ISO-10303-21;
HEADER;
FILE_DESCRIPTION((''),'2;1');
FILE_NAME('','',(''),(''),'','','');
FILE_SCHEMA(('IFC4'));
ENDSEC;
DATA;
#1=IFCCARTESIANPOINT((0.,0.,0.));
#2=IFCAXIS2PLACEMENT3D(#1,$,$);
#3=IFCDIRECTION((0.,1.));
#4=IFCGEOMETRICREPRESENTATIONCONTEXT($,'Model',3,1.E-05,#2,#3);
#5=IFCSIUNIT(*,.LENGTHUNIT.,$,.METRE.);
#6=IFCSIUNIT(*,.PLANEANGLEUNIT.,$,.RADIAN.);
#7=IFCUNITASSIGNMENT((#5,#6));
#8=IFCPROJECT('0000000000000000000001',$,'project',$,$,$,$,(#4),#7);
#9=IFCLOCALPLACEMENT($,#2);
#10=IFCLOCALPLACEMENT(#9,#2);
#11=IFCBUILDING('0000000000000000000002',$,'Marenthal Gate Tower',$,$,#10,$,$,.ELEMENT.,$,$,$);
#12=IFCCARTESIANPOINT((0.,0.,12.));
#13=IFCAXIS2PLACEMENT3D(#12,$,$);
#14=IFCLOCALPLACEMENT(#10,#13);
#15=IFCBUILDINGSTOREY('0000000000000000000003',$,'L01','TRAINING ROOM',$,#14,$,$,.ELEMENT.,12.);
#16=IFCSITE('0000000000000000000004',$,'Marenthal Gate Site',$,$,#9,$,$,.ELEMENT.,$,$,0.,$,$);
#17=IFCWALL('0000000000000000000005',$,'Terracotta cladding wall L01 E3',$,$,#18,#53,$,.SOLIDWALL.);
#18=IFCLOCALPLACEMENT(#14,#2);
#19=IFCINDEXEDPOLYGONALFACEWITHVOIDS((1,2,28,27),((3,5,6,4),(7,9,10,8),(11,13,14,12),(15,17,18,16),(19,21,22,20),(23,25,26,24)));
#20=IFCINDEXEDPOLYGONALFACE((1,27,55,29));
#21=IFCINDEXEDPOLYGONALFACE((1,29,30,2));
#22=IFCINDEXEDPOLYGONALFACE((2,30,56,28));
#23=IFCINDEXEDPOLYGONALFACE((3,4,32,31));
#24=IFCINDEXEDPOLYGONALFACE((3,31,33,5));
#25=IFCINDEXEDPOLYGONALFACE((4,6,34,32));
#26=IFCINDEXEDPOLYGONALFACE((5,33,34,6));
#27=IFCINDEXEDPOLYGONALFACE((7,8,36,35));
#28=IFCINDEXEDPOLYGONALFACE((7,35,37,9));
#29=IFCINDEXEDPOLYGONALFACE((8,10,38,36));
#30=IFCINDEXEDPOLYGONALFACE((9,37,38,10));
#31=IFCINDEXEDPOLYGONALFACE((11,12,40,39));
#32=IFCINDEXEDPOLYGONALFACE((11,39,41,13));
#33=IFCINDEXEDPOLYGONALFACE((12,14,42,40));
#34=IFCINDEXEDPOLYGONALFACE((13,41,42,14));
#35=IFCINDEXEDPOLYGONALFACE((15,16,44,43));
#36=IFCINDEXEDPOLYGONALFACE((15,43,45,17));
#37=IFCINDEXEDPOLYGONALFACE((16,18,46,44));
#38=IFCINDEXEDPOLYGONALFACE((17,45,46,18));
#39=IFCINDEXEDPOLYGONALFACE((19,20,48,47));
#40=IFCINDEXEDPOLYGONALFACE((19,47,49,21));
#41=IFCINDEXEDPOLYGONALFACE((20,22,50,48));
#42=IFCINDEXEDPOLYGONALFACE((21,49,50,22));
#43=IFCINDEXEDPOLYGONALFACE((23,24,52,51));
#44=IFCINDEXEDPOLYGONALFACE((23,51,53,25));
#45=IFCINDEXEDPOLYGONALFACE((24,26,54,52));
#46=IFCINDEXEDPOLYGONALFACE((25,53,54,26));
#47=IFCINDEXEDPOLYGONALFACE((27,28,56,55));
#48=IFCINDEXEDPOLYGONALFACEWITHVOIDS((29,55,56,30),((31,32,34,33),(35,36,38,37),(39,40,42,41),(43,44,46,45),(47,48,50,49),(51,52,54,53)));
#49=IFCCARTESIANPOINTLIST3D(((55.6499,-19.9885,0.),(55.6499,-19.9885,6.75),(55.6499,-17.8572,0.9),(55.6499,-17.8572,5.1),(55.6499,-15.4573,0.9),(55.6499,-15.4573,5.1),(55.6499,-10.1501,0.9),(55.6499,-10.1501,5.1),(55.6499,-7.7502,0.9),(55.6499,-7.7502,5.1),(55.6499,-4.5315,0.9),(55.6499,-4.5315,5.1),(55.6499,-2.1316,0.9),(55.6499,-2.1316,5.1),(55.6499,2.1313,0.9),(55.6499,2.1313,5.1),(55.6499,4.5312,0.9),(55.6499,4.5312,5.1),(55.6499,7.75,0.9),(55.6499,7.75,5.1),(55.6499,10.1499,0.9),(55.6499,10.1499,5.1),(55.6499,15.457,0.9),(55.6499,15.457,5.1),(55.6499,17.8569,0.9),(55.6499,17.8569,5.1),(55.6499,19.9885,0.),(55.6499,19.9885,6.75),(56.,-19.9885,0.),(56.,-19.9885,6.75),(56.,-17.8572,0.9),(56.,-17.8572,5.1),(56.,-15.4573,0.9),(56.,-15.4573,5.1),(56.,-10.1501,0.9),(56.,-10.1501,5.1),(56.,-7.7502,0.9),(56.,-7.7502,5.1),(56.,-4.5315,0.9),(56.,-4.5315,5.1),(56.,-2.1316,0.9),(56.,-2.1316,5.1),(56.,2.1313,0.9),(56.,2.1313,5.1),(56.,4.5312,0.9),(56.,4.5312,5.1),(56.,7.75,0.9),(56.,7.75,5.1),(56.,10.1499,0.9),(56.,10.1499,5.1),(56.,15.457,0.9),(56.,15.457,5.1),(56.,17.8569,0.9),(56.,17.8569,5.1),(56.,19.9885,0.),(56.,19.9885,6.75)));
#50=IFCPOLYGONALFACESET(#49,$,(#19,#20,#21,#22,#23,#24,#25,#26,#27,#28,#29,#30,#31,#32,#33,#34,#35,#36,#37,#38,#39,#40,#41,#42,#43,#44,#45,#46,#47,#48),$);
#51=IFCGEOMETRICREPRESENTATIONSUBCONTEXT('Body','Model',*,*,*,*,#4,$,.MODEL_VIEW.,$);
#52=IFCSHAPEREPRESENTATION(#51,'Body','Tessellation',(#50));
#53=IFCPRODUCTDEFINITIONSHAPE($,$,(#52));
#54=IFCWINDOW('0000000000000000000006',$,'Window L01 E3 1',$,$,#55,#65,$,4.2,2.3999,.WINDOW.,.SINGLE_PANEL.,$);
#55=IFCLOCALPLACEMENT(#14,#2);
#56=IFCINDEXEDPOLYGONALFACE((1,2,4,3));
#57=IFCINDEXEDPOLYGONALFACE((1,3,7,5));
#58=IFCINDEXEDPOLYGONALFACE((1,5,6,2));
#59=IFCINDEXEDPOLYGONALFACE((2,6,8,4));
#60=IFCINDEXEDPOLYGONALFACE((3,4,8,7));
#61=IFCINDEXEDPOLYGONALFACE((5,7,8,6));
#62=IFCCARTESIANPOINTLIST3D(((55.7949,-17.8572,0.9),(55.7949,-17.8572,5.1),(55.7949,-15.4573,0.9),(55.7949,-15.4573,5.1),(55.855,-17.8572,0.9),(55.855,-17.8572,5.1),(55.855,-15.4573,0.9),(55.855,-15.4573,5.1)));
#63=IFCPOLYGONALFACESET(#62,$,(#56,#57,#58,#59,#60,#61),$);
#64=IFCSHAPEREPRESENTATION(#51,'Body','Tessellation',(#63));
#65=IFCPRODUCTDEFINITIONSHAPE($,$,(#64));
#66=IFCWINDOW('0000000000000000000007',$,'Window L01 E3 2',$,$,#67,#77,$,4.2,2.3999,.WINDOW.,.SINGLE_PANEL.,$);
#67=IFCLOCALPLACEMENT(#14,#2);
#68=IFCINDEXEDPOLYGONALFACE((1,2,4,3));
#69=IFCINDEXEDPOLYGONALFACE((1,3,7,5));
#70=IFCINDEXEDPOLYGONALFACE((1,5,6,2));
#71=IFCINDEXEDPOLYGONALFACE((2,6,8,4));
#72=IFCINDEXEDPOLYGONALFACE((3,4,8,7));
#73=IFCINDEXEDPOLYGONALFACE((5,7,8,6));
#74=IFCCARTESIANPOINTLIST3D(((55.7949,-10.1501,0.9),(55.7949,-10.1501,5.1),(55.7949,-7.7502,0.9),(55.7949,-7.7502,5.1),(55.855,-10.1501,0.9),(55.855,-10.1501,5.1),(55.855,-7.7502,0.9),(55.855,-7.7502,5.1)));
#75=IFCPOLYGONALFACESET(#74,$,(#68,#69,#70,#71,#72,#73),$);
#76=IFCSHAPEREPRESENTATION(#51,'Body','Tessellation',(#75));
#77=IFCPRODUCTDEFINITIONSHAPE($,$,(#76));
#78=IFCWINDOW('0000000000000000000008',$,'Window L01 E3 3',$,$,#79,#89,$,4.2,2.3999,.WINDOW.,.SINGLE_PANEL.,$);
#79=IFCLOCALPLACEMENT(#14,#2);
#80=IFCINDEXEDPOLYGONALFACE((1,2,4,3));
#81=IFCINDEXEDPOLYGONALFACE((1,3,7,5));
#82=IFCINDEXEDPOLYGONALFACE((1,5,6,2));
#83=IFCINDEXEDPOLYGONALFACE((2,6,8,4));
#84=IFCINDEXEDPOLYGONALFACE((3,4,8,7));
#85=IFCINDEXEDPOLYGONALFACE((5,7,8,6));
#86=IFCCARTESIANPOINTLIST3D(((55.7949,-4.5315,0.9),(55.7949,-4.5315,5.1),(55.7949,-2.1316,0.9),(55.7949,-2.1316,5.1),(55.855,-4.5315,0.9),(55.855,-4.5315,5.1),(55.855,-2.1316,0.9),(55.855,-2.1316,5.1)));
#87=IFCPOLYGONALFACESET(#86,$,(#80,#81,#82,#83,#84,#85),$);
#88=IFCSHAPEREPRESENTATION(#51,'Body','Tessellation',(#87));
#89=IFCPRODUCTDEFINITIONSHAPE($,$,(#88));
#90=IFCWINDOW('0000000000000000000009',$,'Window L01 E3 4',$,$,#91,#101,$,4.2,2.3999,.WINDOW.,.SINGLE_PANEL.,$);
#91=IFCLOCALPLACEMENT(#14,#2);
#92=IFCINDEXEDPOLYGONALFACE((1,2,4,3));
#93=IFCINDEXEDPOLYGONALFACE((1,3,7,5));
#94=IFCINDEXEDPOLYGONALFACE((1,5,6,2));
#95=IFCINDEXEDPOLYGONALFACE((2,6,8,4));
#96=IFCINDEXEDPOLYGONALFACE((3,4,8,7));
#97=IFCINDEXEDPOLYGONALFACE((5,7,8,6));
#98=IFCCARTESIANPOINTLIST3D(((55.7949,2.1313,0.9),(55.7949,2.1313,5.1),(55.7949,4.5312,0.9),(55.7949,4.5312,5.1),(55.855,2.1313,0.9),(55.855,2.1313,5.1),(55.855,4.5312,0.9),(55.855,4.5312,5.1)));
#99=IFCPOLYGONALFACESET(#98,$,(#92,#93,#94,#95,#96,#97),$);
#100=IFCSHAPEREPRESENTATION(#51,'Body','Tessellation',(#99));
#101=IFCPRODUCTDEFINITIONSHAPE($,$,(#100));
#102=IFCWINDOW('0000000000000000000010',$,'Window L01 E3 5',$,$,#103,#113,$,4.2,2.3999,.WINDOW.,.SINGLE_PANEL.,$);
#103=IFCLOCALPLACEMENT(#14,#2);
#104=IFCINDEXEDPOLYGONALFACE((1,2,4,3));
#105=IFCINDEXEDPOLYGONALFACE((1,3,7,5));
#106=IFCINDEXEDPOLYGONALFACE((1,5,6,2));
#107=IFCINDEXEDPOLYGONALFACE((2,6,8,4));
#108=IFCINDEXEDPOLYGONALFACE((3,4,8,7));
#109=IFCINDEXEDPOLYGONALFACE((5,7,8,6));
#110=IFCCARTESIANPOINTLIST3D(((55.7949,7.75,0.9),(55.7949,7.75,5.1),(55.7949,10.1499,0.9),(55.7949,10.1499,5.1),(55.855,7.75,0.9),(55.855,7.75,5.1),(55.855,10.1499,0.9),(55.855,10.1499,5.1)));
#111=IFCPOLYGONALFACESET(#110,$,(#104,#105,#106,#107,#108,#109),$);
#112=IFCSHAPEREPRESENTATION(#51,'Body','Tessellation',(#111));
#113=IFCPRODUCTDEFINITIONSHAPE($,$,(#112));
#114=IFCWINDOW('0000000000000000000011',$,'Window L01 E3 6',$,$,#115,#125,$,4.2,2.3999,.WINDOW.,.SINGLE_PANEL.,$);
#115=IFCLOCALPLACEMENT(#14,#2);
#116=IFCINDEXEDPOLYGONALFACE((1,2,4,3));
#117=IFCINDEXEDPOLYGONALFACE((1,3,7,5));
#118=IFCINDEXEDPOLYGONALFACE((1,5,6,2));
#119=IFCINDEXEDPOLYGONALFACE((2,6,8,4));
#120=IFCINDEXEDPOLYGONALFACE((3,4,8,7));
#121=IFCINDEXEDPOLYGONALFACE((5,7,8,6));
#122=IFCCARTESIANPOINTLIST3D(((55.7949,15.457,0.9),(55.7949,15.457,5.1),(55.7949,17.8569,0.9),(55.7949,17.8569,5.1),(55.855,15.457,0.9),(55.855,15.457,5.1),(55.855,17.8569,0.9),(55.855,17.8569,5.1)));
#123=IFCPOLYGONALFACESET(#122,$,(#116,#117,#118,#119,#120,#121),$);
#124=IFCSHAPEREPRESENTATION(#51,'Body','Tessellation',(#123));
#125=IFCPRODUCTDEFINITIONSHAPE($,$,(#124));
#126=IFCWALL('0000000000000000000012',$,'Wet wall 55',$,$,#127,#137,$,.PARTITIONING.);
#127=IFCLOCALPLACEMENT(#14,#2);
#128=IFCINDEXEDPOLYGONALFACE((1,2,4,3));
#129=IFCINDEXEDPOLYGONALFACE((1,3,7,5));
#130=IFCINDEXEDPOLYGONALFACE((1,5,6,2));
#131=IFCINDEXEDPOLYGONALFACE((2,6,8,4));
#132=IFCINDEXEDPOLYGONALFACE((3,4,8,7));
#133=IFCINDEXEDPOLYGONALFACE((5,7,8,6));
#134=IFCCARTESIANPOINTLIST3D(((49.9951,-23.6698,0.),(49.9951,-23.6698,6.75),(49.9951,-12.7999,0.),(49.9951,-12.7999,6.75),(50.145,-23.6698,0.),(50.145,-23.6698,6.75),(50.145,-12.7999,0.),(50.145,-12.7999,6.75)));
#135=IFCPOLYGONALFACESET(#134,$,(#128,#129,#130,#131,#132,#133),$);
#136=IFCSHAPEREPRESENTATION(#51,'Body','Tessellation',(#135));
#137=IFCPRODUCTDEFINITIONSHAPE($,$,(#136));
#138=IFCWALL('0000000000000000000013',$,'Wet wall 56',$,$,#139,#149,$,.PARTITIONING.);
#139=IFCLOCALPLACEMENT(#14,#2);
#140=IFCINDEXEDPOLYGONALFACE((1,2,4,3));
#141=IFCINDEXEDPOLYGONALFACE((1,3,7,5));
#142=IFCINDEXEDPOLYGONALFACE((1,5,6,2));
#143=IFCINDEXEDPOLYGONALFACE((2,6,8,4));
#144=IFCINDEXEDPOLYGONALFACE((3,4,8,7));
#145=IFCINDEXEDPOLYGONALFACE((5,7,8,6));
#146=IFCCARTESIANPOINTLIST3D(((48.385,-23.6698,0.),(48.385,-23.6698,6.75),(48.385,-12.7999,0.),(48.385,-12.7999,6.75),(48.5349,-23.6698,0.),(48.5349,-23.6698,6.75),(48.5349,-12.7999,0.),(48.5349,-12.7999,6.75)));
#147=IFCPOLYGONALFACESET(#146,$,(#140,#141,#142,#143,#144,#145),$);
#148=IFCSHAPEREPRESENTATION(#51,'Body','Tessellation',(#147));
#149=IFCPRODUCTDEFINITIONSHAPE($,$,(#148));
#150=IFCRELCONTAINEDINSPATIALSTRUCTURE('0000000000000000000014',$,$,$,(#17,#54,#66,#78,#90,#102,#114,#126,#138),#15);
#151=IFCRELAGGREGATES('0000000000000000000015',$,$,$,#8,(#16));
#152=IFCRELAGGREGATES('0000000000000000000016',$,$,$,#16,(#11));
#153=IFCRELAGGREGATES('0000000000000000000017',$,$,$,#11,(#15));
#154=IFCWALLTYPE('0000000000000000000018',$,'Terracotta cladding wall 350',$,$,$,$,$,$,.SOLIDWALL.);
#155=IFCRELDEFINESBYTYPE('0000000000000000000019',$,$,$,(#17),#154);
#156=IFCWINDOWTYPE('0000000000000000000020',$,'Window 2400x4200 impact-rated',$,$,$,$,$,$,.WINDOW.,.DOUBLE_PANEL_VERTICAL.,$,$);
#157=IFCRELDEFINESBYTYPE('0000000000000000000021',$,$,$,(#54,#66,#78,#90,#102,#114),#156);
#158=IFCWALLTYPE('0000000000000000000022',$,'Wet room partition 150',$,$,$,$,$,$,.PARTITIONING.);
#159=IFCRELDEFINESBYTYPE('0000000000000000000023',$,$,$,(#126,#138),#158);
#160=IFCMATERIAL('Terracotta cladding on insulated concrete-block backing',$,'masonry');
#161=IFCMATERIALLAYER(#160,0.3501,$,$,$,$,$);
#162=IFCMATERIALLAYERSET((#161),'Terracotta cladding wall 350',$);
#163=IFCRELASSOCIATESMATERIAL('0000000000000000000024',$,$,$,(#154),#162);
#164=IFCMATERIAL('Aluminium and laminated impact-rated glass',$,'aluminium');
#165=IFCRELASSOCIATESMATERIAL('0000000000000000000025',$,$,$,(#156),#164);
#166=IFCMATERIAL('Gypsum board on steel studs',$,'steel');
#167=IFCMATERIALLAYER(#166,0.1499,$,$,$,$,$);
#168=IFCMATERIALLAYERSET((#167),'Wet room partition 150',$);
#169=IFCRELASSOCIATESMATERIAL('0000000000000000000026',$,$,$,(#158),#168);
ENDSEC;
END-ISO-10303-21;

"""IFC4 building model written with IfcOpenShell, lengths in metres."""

from ifc_helpers import new_model, si_unit, direction, frame, frame_2d, origin, place, context, subcontext, project, spatial, rectangle, extrude, material, layer, layer_set, type_object, element, fill, save


model = new_model("IFC4")

# Units and contexts
model_context = context("Model", 3, precision=1e-05, world=origin(), true_north=direction((0.0, 1.0)))
body_context = subcontext(model_context, "Body", "Model", "MODEL_VIEW")
ifc_project = project(units=[si_unit("LENGTHUNIT", "METRE"), si_unit("PLANEANGLEUNIT", "RADIAN")], contexts=[model_context])

# Site, building, storey
site_placement = place(None, origin())
site = spatial("IfcSite", under=ifc_project, at=site_placement, Name="Marenthal Gate Site", CompositionType="ELEMENT", RefElevation=0.0)
building_placement = place(site_placement, origin())
building = spatial("IfcBuilding", under=site, at=building_placement, Name="Marenthal Gate Tower", CompositionType="ELEMENT")
storey_placement = place(building_placement, frame((0.0, 0.0, 12.0)))
storey = spatial("IfcBuildingStorey", under=building, at=storey_placement, Name="L01", Description="TRAINING ROOM", CompositionType="ELEMENT", Elevation=12.0)

# Shared definitions
ifc_material_1 = material(Name="Terracotta cladding on insulated concrete-block backing", Category="masonry")
ifc_layer_1 = layer(ifc_material_1, 0.3501)
ifc_layer_set_1 = layer_set([ifc_layer_1], Name="Terracotta cladding wall 350")
wall_type_1 = type_object("IfcWallType", Name="Terracotta cladding wall 350", PredefinedType="SOLIDWALL", material=ifc_layer_set_1)

# Wall, openings, windows
wall_1_placement = place(storey_placement, frame((55.825, -19.9885, 0.0), z_axis=(0.0, 0.0, 1.0), x_axis=(0.0, 1.0, 0.0)))
wall_1 = element("IfcWall", 1, at=wall_1_placement, inside=storey, type_object=wall_type_1, Name="Terracotta cladding wall L01 E3", PredefinedType="SOLIDWALL", context=body_context, shape_type="SweptSolid", body=[
    extrude(rectangle(XDim=39.9771, YDim=0.3501, at=frame_2d((19.9885, 0.0))), origin(), (0.0, 0.0, 1.0), 6.75),
])
opening_1_placement = place(wall_1_placement, frame((2.1313, 0.0, 0.8999)))
opening_1 = element("IfcOpeningElement", 2, at=opening_1_placement, cuts=wall_1, PredefinedType="OPENING", context=body_context, shape_type="SweptSolid", body=[
    extrude(rectangle(XDim=2.3999, YDim=4.2, at=frame_2d((1.2, 2.1001))), frame((0.0, 0.1851, 0.0), z_axis=(0.0, -1.0, 0.0), x_axis=(1.0, 0.0, 0.0)), (0.0, 0.0, 1.0), 0.3701),
])
opening_2_placement = place(wall_1_placement, frame((9.8384, 0.0, 0.8999)))
opening_2 = element("IfcOpeningElement", 3, at=opening_2_placement, cuts=wall_1, PredefinedType="OPENING", context=body_context, shape_type="SweptSolid", body=[
    extrude(rectangle(XDim=2.3999, YDim=4.2, at=frame_2d((1.2, 2.1001))), frame((0.0, 0.1851, 0.0), z_axis=(0.0, -1.0, 0.0), x_axis=(1.0, 0.0, 0.0)), (0.0, 0.0, 1.0), 0.3701),
])
opening_3_placement = place(wall_1_placement, frame((15.457, 0.0, 0.8999)))
opening_3 = element("IfcOpeningElement", 4, at=opening_3_placement, cuts=wall_1, PredefinedType="OPENING", context=body_context, shape_type="SweptSolid", body=[
    extrude(rectangle(XDim=2.3999, YDim=4.2, at=frame_2d((1.2, 2.1001))), frame((0.0, 0.1851, 0.0), z_axis=(0.0, -1.0, 0.0), x_axis=(1.0, 0.0, 0.0)), (0.0, 0.0, 1.0), 0.3701),
])
opening_4_placement = place(wall_1_placement, frame((22.1199, 0.0, 0.8999)))
opening_4 = element("IfcOpeningElement", 5, at=opening_4_placement, cuts=wall_1, PredefinedType="OPENING", context=body_context, shape_type="SweptSolid", body=[
    extrude(rectangle(XDim=2.3999, YDim=4.2, at=frame_2d((1.2, 2.1001))), frame((0.0, 0.1851, 0.0), z_axis=(0.0, -1.0, 0.0), x_axis=(1.0, 0.0, 0.0)), (0.0, 0.0, 1.0), 0.3701),
])
opening_5_placement = place(wall_1_placement, frame((27.7385, 0.0, 0.8999)))
opening_5 = element("IfcOpeningElement", 6, at=opening_5_placement, cuts=wall_1, PredefinedType="OPENING", context=body_context, shape_type="SweptSolid", body=[
    extrude(rectangle(XDim=2.3999, YDim=4.2, at=frame_2d((1.2, 2.1001))), frame((0.0, 0.1851, 0.0), z_axis=(0.0, -1.0, 0.0), x_axis=(1.0, 0.0, 0.0)), (0.0, 0.0, 1.0), 0.3701),
])
opening_6_placement = place(wall_1_placement, frame((35.4456, 0.0, 0.8999)))
opening_6 = element("IfcOpeningElement", 7, at=opening_6_placement, cuts=wall_1, PredefinedType="OPENING", context=body_context, shape_type="SweptSolid", body=[
    extrude(rectangle(XDim=2.3999, YDim=4.2, at=frame_2d((1.2, 2.1001))), frame((0.0, 0.1851, 0.0), z_axis=(0.0, -1.0, 0.0), x_axis=(1.0, 0.0, 0.0)), (0.0, 0.0, 1.0), 0.3701),
])
ifc_material_2 = material(Name="Aluminium and laminated impact-rated glass", Category="aluminium")
window_type = type_object("IfcWindowType", Name="Window 2400x4200 impact-rated", PartitioningType="DOUBLE_PANEL_VERTICAL", PredefinedType="WINDOW", material=ifc_material_2)
window_1_placement = place(opening_1_placement, origin())
window_1 = element("IfcWindow", 8, at=window_1_placement, inside=storey, type_object=window_type, Name="Window L01 E3 1", OverallHeight=4.2, OverallWidth=2.3999, PartitioningType="SINGLE_PANEL", PredefinedType="WINDOW", context=body_context, shape_type="SweptSolid", body=[
    extrude(rectangle(XDim=2.3999, YDim=4.2, at=frame_2d((1.2, 2.1001))), frame((0.0, 0.03, 0.0), z_axis=(0.0, -1.0, 0.0), x_axis=(1.0, 0.0, 0.0)), (0.0, 0.0, 1.0), 0.0601),
])
fill(opening_1, window_1)
window_2_placement = place(opening_2_placement, origin())
window_2 = element("IfcWindow", 9, at=window_2_placement, inside=storey, type_object=window_type, Name="Window L01 E3 2", OverallHeight=4.2, OverallWidth=2.3999, PartitioningType="SINGLE_PANEL", PredefinedType="WINDOW", context=body_context, shape_type="SweptSolid", body=[
    extrude(rectangle(XDim=2.3999, YDim=4.2, at=frame_2d((1.2, 2.1001))), frame((0.0, 0.03, 0.0), z_axis=(0.0, -1.0, 0.0), x_axis=(1.0, 0.0, 0.0)), (0.0, 0.0, 1.0), 0.0601),
])
fill(opening_2, window_2)
window_3_placement = place(opening_3_placement, origin())
window_3 = element("IfcWindow", 10, at=window_3_placement, inside=storey, type_object=window_type, Name="Window L01 E3 3", OverallHeight=4.2, OverallWidth=2.3999, PartitioningType="SINGLE_PANEL", PredefinedType="WINDOW", context=body_context, shape_type="SweptSolid", body=[
    extrude(rectangle(XDim=2.3999, YDim=4.2, at=frame_2d((1.2, 2.1001))), frame((0.0, 0.03, 0.0), z_axis=(0.0, -1.0, 0.0), x_axis=(1.0, 0.0, 0.0)), (0.0, 0.0, 1.0), 0.0601),
])
fill(opening_3, window_3)
window_4_placement = place(opening_4_placement, origin())
window_4 = element("IfcWindow", 11, at=window_4_placement, inside=storey, type_object=window_type, Name="Window L01 E3 4", OverallHeight=4.2, OverallWidth=2.3999, PartitioningType="SINGLE_PANEL", PredefinedType="WINDOW", context=body_context, shape_type="SweptSolid", body=[
    extrude(rectangle(XDim=2.3999, YDim=4.2, at=frame_2d((1.2, 2.1001))), frame((0.0, 0.03, 0.0), z_axis=(0.0, -1.0, 0.0), x_axis=(1.0, 0.0, 0.0)), (0.0, 0.0, 1.0), 0.0601),
])
fill(opening_4, window_4)
window_5_placement = place(opening_5_placement, origin())
window_5 = element("IfcWindow", 12, at=window_5_placement, inside=storey, type_object=window_type, Name="Window L01 E3 5", OverallHeight=4.2, OverallWidth=2.3999, PartitioningType="SINGLE_PANEL", PredefinedType="WINDOW", context=body_context, shape_type="SweptSolid", body=[
    extrude(rectangle(XDim=2.3999, YDim=4.2, at=frame_2d((1.2, 2.1001))), frame((0.0, 0.03, 0.0), z_axis=(0.0, -1.0, 0.0), x_axis=(1.0, 0.0, 0.0)), (0.0, 0.0, 1.0), 0.0601),
])
fill(opening_5, window_5)
window_6_placement = place(opening_6_placement, origin())
window_6 = element("IfcWindow", 13, at=window_6_placement, inside=storey, type_object=window_type, Name="Window L01 E3 6", OverallHeight=4.2, OverallWidth=2.3999, PartitioningType="SINGLE_PANEL", PredefinedType="WINDOW", context=body_context, shape_type="SweptSolid", body=[
    extrude(rectangle(XDim=2.3999, YDim=4.2, at=frame_2d((1.2, 2.1001))), frame((0.0, 0.03, 0.0), z_axis=(0.0, -1.0, 0.0), x_axis=(1.0, 0.0, 0.0)), (0.0, 0.0, 1.0), 0.0601),
])
fill(opening_6, window_6)

# Walls
ifc_material_3 = material(Name="Gypsum board on steel studs", Category="steel")
ifc_layer_2 = layer(ifc_material_3, 0.1499)
ifc_layer_set_2 = layer_set([ifc_layer_2], Name="Wet room partition 150")
wall_type_2 = type_object("IfcWallType", Name="Wet room partition 150", PredefinedType="PARTITIONING", material=ifc_layer_set_2)
for number, where, z_axis, x_axis, name in (
    (14, (50.0701, -23.6699, 0.0), (0.0, 0.0, 1.0), (0.0, 1.0, 0.0), "Wet wall 55"),
    (15, (48.46, -23.6699, 0.0), (0.0, 0.0, 1.0), (0.0, 1.0, 0.0), "Wet wall 56"),
):
    element("IfcWall", number, at=place(storey_placement, frame(where, z_axis=z_axis, x_axis=x_axis)), inside=storey, type_object=wall_type_2, Name=name, PredefinedType="PARTITIONING", context=body_context, shape_type="SweptSolid", body=[
        extrude(rectangle(XDim=10.8699, YDim=0.1499, at=frame_2d((5.4351, 0.0))), origin(), (0.0, 0.0, 1.0), 6.75),
    ])

save(model, "model.ifc")
